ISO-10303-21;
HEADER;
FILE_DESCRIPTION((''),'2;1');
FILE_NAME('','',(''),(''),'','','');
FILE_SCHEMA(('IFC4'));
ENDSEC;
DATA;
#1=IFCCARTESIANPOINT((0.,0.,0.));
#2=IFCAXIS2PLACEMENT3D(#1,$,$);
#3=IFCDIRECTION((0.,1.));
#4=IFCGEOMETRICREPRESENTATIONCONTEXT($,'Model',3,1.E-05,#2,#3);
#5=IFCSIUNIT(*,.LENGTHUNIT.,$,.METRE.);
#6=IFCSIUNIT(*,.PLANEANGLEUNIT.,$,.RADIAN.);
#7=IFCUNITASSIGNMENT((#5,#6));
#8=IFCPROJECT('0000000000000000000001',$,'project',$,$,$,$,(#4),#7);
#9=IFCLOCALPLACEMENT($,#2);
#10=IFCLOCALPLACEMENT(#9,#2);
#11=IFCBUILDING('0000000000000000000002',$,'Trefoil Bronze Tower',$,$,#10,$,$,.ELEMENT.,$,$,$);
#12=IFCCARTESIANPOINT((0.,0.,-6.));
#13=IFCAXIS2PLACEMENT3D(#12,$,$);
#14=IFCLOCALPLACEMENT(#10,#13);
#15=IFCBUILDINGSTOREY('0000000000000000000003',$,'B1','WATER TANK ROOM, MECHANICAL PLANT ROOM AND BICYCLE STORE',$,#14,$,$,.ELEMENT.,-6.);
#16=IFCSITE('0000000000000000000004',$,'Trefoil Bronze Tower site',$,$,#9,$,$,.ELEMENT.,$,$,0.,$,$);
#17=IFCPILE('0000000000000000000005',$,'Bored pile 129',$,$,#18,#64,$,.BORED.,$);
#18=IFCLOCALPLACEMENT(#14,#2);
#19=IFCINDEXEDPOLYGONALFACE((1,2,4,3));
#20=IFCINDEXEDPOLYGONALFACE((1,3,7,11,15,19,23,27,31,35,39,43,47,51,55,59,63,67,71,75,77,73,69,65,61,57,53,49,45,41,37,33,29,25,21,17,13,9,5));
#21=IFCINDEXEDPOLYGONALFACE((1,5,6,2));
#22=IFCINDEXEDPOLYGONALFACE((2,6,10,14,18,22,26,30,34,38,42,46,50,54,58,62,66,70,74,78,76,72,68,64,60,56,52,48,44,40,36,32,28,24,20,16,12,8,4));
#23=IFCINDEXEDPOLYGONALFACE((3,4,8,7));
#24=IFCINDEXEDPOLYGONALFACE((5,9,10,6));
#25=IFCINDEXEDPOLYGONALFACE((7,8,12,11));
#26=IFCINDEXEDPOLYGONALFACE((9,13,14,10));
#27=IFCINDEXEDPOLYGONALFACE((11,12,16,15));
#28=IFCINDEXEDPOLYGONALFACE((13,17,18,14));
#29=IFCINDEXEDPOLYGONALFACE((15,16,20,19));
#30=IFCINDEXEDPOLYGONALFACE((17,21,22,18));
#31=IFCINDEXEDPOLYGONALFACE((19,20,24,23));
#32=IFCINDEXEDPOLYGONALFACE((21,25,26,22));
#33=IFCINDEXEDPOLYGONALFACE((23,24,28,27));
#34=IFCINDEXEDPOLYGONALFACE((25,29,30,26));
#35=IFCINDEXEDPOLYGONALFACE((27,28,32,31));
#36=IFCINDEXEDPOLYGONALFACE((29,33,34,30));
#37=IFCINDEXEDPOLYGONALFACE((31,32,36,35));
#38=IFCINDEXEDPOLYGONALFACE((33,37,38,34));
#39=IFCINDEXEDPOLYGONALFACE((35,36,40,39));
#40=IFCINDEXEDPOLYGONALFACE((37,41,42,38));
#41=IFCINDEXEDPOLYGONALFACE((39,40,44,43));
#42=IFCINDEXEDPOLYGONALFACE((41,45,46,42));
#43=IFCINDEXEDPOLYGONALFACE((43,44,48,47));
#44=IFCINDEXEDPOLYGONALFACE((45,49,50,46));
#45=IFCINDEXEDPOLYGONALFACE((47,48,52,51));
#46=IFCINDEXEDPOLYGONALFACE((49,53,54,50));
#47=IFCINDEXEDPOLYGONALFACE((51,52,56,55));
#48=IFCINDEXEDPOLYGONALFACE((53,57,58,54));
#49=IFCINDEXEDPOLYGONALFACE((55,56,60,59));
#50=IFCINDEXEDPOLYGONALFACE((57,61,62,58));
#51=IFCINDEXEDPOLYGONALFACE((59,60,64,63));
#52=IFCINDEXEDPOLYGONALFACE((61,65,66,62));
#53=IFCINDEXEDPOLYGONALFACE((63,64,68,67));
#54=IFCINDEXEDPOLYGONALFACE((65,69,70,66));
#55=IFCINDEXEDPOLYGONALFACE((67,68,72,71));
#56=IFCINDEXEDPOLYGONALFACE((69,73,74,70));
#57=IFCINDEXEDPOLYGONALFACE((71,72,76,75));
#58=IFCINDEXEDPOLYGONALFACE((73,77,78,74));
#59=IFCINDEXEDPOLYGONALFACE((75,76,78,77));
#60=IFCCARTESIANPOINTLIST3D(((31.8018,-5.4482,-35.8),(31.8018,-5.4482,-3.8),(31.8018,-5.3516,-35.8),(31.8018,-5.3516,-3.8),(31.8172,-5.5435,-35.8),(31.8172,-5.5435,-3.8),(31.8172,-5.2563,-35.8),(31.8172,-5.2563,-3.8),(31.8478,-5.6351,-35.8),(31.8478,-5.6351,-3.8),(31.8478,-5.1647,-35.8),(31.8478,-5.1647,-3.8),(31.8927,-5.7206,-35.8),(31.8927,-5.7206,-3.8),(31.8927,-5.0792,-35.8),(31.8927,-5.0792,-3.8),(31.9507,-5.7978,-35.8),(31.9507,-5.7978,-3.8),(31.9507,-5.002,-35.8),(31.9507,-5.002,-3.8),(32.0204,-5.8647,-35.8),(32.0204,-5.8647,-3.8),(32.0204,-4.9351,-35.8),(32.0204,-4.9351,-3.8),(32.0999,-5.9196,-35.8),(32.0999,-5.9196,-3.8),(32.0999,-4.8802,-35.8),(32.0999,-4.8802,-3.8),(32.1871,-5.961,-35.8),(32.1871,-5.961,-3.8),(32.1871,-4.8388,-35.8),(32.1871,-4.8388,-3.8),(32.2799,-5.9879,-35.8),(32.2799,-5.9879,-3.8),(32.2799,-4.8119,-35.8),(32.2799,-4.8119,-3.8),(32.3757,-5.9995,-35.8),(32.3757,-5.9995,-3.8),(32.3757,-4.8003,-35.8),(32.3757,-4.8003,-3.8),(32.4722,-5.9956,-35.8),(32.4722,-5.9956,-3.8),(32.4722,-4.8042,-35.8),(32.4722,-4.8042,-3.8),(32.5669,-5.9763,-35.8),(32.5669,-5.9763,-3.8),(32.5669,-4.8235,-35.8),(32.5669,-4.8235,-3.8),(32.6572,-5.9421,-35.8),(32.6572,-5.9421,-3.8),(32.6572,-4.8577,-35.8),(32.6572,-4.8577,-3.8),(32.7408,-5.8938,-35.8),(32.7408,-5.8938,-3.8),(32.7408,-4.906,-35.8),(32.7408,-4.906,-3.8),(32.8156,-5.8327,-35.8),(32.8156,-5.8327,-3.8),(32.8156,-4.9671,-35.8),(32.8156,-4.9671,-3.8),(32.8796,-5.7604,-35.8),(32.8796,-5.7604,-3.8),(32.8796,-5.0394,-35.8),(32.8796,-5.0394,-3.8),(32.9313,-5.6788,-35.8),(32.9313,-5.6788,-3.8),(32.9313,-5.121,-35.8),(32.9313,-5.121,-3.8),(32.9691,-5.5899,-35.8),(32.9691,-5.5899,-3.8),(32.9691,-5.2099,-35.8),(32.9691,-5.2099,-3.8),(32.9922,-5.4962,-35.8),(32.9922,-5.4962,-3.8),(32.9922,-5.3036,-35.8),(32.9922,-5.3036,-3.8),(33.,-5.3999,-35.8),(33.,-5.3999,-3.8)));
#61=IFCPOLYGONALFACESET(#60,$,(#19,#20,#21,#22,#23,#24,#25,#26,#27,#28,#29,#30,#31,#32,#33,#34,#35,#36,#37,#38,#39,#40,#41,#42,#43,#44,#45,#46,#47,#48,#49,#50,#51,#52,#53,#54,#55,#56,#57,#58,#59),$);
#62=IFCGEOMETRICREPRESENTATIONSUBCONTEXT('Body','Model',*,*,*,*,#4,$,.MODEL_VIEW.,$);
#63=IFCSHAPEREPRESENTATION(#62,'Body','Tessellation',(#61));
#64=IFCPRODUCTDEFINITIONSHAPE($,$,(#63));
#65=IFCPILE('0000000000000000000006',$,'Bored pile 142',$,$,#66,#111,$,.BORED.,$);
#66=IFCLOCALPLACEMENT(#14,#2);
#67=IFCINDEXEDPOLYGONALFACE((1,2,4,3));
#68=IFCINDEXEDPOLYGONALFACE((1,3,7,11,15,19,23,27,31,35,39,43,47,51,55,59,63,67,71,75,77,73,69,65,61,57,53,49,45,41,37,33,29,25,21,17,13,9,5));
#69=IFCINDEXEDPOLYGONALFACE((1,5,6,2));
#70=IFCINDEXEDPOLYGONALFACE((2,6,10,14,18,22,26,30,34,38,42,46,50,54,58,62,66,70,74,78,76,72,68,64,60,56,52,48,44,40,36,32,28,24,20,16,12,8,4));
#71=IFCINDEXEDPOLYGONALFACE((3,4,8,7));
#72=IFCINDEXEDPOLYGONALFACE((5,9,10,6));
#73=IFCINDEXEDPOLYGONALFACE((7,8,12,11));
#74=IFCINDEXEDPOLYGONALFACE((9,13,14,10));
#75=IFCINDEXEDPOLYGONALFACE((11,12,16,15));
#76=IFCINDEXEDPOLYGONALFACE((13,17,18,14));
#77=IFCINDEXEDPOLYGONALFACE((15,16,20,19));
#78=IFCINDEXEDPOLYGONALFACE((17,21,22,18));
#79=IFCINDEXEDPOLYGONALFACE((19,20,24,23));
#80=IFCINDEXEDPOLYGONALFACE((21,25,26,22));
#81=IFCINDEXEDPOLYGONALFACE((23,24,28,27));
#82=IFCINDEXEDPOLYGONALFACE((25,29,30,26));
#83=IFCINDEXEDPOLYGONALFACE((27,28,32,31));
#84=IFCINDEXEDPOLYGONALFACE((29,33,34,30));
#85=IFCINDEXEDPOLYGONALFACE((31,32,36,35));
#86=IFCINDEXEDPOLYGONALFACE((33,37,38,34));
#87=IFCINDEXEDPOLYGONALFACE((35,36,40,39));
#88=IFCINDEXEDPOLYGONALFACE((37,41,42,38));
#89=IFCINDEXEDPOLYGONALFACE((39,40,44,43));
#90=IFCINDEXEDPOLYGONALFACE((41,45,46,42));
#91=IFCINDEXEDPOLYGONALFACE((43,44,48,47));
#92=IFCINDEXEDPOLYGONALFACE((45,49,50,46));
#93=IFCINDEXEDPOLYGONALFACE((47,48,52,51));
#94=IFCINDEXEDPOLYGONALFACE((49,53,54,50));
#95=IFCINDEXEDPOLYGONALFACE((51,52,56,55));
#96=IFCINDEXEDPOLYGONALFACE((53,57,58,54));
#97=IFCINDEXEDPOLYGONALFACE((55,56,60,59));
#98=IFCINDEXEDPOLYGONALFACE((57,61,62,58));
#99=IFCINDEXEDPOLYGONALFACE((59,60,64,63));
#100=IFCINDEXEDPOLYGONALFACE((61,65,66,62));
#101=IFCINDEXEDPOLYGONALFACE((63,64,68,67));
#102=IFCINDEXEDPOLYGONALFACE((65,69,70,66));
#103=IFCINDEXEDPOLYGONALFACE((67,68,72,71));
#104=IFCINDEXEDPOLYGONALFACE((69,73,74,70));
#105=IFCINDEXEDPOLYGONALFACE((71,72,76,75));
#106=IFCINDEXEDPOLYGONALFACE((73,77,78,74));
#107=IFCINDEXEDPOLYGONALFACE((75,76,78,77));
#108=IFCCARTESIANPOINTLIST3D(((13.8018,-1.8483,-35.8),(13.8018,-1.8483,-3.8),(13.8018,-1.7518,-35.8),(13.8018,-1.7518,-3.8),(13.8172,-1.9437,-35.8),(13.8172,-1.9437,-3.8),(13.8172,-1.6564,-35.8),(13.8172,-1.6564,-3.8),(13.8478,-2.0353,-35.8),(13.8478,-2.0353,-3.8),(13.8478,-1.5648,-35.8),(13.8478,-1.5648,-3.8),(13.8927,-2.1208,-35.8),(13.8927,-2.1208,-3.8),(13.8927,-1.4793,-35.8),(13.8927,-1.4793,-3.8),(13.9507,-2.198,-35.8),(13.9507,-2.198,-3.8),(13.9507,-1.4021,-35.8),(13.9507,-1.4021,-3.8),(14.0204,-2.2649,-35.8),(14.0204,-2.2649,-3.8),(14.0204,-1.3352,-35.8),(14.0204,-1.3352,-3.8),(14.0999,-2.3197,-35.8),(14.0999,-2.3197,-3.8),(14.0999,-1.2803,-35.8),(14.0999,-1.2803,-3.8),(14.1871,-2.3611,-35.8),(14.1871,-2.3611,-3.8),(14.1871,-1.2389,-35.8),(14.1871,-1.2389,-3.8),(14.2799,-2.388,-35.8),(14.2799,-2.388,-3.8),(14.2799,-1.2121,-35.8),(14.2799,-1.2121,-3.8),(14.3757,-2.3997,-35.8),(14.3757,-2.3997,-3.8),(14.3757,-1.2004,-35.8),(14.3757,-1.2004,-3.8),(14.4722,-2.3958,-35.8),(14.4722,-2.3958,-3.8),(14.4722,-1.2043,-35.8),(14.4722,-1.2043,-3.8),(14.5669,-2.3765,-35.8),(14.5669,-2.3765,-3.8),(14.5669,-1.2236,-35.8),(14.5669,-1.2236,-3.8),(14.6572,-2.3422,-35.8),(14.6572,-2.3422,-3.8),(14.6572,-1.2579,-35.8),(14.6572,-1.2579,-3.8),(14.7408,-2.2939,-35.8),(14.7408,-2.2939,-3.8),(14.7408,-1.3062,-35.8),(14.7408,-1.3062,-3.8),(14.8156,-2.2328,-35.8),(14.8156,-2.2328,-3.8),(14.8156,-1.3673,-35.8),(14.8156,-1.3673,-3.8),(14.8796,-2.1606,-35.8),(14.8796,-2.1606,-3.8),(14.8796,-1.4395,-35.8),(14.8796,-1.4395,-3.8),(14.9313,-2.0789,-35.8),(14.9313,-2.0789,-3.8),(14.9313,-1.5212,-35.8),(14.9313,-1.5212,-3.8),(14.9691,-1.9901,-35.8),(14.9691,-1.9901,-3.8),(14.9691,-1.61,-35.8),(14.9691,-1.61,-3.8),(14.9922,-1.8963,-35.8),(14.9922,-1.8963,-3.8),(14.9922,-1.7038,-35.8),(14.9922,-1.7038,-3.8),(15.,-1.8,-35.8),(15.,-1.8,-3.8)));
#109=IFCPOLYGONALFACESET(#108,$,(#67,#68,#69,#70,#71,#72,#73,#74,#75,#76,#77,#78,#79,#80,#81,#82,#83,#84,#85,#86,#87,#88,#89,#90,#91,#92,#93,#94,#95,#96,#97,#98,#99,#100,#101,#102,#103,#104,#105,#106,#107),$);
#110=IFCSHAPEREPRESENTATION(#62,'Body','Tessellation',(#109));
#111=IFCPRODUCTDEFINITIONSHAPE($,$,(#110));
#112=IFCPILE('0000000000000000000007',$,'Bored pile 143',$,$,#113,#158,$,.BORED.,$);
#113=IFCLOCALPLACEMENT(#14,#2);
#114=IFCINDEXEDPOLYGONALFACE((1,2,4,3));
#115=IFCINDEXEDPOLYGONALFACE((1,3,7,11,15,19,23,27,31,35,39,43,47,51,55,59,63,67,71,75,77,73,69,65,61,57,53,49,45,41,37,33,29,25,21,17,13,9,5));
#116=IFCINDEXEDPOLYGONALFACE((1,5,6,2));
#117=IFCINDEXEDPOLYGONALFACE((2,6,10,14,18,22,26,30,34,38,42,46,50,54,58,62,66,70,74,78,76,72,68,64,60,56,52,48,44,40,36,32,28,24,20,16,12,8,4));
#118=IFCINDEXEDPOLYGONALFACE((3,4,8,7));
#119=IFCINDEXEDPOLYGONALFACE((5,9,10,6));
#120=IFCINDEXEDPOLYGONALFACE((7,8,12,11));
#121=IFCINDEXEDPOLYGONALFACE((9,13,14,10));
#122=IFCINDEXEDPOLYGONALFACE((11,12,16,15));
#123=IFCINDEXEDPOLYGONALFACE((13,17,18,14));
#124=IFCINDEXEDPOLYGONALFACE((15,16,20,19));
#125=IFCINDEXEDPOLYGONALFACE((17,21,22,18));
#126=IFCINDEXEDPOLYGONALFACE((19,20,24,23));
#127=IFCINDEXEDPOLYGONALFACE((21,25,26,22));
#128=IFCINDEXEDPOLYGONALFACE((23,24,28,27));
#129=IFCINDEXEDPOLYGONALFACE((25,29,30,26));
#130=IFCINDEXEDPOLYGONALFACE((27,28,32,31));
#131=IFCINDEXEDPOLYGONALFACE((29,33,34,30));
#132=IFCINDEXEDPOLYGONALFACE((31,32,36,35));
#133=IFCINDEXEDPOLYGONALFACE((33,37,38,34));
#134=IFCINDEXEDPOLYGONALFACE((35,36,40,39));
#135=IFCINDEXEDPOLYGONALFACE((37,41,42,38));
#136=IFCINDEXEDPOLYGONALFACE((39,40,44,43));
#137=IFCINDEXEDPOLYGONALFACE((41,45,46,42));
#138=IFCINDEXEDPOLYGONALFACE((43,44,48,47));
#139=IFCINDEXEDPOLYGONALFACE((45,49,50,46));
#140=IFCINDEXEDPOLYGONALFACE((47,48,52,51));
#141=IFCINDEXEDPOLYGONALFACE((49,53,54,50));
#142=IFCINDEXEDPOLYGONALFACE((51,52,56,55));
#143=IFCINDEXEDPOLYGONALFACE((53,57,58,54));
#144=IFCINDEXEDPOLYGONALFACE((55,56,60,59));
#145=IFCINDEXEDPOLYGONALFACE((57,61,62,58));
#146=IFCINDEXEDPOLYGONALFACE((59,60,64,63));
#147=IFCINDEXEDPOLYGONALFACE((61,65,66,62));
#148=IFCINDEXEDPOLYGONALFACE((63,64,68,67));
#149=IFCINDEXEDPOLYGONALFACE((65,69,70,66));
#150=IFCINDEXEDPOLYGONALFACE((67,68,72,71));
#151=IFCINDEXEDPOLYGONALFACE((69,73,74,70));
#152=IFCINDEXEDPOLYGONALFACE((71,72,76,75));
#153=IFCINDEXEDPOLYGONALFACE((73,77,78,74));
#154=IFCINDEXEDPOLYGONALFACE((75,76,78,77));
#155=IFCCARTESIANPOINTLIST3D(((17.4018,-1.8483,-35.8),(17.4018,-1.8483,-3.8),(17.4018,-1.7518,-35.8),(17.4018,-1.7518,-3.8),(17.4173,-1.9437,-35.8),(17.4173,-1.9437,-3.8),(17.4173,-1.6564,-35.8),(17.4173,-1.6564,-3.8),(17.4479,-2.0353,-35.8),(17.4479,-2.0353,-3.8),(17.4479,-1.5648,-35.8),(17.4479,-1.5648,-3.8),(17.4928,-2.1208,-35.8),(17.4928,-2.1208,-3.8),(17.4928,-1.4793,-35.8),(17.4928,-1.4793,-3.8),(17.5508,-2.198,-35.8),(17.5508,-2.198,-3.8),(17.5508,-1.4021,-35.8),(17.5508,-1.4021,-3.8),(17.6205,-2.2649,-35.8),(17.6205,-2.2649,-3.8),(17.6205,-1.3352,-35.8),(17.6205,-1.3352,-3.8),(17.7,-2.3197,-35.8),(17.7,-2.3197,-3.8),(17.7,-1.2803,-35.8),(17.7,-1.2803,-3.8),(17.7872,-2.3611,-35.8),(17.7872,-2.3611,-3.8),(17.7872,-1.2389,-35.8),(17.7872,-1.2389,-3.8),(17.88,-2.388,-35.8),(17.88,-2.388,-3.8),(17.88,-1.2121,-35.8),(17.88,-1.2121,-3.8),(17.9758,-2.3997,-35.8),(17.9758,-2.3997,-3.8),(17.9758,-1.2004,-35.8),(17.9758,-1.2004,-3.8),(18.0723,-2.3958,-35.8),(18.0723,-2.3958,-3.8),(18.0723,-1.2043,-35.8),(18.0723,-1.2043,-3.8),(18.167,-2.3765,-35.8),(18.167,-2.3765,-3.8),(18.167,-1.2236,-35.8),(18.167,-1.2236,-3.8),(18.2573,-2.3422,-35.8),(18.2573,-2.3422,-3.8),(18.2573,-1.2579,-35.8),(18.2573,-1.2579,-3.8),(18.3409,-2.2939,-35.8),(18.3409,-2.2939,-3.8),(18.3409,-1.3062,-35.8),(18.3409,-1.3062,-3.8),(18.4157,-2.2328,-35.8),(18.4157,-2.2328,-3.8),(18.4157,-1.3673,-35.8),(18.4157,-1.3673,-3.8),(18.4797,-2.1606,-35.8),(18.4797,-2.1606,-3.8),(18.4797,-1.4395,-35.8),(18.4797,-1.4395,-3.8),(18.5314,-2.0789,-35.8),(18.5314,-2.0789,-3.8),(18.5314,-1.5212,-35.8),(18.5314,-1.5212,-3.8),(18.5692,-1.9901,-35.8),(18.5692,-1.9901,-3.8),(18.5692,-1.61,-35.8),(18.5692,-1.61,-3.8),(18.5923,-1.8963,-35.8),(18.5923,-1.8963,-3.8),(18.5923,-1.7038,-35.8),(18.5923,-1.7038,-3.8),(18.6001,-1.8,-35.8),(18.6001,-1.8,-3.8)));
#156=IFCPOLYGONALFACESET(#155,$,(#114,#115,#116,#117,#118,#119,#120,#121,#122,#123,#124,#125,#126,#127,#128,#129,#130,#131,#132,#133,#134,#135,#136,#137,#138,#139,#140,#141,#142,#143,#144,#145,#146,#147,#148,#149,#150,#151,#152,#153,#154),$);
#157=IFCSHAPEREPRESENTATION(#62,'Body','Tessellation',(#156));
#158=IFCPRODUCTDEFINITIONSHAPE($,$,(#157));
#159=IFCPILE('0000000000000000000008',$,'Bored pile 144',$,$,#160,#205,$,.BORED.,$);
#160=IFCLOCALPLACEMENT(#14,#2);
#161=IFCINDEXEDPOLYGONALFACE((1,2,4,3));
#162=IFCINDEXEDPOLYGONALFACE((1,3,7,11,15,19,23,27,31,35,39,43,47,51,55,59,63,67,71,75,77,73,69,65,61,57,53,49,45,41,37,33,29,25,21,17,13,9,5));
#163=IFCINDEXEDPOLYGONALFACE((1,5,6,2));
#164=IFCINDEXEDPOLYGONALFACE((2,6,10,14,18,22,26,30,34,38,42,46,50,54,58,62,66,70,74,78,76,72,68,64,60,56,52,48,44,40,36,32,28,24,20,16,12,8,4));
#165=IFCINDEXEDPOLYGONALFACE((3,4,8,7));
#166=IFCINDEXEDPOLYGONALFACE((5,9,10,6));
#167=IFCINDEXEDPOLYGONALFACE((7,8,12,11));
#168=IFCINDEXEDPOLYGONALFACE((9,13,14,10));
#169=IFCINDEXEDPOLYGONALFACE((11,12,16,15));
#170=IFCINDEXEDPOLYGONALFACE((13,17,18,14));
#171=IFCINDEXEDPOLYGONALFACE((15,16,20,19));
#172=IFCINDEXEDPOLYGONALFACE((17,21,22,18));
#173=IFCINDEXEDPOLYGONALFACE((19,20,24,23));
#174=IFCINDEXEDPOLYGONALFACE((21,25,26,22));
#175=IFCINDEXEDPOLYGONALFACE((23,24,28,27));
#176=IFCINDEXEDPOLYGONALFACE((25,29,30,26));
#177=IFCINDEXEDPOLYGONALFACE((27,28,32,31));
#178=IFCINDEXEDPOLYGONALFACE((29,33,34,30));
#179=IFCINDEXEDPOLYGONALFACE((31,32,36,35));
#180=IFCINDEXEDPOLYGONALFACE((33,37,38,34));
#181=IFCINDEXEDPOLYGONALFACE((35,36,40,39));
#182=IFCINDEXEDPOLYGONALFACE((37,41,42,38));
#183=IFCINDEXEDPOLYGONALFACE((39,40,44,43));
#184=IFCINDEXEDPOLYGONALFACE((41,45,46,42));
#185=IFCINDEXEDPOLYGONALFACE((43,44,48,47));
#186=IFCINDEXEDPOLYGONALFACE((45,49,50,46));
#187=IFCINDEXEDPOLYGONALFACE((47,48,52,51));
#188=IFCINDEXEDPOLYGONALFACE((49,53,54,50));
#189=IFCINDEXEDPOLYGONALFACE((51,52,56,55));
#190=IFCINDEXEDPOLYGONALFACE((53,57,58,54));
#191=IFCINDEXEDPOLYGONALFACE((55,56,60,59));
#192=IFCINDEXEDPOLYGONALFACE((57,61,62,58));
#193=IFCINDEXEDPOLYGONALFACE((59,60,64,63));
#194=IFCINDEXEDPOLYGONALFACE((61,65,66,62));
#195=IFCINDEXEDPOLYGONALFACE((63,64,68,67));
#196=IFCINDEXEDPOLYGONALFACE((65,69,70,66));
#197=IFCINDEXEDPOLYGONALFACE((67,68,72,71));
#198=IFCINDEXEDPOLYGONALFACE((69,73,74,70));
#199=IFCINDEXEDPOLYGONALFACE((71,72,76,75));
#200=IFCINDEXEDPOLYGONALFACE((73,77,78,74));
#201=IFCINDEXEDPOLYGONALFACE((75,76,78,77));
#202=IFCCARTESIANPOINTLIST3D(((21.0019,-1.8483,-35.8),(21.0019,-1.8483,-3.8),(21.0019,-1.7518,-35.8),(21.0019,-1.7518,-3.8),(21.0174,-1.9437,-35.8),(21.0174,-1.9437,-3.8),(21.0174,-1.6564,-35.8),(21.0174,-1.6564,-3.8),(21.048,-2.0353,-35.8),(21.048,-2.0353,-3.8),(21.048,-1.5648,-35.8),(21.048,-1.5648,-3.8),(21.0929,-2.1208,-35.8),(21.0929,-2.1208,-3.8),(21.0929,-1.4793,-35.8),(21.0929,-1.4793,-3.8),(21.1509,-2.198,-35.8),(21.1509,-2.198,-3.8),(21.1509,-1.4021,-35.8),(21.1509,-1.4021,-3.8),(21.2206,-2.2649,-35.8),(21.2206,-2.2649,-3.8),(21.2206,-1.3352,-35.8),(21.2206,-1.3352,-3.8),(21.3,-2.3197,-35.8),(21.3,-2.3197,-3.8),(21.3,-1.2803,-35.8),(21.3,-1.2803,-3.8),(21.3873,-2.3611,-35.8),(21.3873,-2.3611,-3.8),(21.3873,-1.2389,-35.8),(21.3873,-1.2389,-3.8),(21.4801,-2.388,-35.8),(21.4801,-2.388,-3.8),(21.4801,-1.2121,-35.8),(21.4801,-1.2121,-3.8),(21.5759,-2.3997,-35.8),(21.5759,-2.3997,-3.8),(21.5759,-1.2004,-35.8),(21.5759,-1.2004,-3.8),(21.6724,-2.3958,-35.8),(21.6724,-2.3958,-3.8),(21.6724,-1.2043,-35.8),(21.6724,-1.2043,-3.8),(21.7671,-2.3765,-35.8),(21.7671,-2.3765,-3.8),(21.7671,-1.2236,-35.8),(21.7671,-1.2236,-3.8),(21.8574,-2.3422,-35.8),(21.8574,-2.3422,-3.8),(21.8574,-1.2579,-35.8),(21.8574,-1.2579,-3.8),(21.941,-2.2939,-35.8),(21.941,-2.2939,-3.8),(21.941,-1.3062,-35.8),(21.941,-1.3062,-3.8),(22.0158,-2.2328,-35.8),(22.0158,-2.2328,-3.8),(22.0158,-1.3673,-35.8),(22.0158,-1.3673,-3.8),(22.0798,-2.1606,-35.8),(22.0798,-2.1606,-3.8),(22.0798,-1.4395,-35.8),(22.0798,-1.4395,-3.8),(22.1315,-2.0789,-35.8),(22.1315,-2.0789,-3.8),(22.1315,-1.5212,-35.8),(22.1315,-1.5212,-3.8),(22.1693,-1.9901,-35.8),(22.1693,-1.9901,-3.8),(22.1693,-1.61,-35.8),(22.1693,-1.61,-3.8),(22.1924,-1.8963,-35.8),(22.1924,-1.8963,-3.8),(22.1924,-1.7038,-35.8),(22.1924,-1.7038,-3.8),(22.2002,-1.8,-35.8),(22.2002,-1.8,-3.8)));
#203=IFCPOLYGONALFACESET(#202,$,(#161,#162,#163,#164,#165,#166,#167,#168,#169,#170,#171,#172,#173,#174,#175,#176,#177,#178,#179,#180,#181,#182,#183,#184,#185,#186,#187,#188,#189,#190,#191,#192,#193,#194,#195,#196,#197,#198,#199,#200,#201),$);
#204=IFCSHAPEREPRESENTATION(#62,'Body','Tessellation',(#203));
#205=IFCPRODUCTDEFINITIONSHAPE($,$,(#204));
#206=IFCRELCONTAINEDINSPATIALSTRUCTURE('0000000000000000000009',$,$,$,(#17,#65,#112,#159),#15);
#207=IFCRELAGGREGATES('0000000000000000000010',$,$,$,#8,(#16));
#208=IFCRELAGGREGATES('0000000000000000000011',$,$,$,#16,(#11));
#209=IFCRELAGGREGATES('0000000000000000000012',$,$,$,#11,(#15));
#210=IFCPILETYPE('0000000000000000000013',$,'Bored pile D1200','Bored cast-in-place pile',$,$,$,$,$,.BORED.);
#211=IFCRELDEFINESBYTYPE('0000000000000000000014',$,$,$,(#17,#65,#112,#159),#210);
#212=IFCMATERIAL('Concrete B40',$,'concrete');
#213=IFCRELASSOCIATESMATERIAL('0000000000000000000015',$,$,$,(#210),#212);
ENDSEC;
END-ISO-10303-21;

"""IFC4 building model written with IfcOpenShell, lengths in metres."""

from ifc_helpers import new_model, si_unit, direction, frame, origin, origin_2d, place, context, subcontext, project, spatial, circle, extrude, material, type_object, element, save


model = new_model("IFC4")

# Units and contexts
model_context = context("Model", 3, precision=1e-05, world=origin(), true_north=direction((0.0, 1.0)))
body_context = subcontext(model_context, "Body", "Model", "MODEL_VIEW")
ifc_project = project(units=[si_unit("LENGTHUNIT", "METRE"), si_unit("PLANEANGLEUNIT", "RADIAN")], contexts=[model_context])

# Site, building, storey
site_placement = place(None, origin())
site = spatial("IfcSite", under=ifc_project, at=site_placement, Name="Trefoil Bronze Tower site", CompositionType="ELEMENT", RefElevation=0.0)
building_placement = place(site_placement, origin())
building = spatial("IfcBuilding", under=site, at=building_placement, Name="Trefoil Bronze Tower", CompositionType="ELEMENT")
storey_placement = place(building_placement, frame((0.0, 0.0, -6.0)))
storey = spatial("IfcBuildingStorey", under=building, at=storey_placement, Name="B1", Description="WATER TANK ROOM, MECHANICAL PLANT ROOM AND BICYCLE STORE", CompositionType="ELEMENT", Elevation=-6.0)

# Piles
ifc_material_1 = material(Name="Concrete B40", Category="concrete")
pile_type = type_object("IfcPileType", Name="Bored pile D1200", Description="Bored cast-in-place pile", PredefinedType="BORED", material=ifc_material_1)
for number, where, z_axis, x_axis, name in (
    (1, (32.3999, -5.3999, -3.8), (0.0, 0.0, -1.0), (1.0, 0.0, 0.0), "Bored pile 129"),
    (2, (14.3999, -1.8, -3.8), (0.0, 0.0, -1.0), (1.0, 0.0, 0.0), "Bored pile 142"),
    (3, (18.0, -1.8, -3.8), (0.0, 0.0, -1.0), (1.0, 0.0, 0.0), "Bored pile 143"),
    (4, (21.6001, -1.8, -3.8), (0.0, 0.0, -1.0), (1.0, 0.0, 0.0), "Bored pile 144"),
):
    element("IfcPile", number, at=place(storey_placement, frame(where, z_axis=z_axis, x_axis=x_axis)), inside=storey, type_object=pile_type, Name=name, PredefinedType="BORED", context=body_context, shape_type="SweptSolid", body=[
        extrude(circle(Radius=0.6001, at=origin_2d()), origin(), (0.0, 0.0, 1.0), 32.0),
    ])

save(model, "model.ifc")
